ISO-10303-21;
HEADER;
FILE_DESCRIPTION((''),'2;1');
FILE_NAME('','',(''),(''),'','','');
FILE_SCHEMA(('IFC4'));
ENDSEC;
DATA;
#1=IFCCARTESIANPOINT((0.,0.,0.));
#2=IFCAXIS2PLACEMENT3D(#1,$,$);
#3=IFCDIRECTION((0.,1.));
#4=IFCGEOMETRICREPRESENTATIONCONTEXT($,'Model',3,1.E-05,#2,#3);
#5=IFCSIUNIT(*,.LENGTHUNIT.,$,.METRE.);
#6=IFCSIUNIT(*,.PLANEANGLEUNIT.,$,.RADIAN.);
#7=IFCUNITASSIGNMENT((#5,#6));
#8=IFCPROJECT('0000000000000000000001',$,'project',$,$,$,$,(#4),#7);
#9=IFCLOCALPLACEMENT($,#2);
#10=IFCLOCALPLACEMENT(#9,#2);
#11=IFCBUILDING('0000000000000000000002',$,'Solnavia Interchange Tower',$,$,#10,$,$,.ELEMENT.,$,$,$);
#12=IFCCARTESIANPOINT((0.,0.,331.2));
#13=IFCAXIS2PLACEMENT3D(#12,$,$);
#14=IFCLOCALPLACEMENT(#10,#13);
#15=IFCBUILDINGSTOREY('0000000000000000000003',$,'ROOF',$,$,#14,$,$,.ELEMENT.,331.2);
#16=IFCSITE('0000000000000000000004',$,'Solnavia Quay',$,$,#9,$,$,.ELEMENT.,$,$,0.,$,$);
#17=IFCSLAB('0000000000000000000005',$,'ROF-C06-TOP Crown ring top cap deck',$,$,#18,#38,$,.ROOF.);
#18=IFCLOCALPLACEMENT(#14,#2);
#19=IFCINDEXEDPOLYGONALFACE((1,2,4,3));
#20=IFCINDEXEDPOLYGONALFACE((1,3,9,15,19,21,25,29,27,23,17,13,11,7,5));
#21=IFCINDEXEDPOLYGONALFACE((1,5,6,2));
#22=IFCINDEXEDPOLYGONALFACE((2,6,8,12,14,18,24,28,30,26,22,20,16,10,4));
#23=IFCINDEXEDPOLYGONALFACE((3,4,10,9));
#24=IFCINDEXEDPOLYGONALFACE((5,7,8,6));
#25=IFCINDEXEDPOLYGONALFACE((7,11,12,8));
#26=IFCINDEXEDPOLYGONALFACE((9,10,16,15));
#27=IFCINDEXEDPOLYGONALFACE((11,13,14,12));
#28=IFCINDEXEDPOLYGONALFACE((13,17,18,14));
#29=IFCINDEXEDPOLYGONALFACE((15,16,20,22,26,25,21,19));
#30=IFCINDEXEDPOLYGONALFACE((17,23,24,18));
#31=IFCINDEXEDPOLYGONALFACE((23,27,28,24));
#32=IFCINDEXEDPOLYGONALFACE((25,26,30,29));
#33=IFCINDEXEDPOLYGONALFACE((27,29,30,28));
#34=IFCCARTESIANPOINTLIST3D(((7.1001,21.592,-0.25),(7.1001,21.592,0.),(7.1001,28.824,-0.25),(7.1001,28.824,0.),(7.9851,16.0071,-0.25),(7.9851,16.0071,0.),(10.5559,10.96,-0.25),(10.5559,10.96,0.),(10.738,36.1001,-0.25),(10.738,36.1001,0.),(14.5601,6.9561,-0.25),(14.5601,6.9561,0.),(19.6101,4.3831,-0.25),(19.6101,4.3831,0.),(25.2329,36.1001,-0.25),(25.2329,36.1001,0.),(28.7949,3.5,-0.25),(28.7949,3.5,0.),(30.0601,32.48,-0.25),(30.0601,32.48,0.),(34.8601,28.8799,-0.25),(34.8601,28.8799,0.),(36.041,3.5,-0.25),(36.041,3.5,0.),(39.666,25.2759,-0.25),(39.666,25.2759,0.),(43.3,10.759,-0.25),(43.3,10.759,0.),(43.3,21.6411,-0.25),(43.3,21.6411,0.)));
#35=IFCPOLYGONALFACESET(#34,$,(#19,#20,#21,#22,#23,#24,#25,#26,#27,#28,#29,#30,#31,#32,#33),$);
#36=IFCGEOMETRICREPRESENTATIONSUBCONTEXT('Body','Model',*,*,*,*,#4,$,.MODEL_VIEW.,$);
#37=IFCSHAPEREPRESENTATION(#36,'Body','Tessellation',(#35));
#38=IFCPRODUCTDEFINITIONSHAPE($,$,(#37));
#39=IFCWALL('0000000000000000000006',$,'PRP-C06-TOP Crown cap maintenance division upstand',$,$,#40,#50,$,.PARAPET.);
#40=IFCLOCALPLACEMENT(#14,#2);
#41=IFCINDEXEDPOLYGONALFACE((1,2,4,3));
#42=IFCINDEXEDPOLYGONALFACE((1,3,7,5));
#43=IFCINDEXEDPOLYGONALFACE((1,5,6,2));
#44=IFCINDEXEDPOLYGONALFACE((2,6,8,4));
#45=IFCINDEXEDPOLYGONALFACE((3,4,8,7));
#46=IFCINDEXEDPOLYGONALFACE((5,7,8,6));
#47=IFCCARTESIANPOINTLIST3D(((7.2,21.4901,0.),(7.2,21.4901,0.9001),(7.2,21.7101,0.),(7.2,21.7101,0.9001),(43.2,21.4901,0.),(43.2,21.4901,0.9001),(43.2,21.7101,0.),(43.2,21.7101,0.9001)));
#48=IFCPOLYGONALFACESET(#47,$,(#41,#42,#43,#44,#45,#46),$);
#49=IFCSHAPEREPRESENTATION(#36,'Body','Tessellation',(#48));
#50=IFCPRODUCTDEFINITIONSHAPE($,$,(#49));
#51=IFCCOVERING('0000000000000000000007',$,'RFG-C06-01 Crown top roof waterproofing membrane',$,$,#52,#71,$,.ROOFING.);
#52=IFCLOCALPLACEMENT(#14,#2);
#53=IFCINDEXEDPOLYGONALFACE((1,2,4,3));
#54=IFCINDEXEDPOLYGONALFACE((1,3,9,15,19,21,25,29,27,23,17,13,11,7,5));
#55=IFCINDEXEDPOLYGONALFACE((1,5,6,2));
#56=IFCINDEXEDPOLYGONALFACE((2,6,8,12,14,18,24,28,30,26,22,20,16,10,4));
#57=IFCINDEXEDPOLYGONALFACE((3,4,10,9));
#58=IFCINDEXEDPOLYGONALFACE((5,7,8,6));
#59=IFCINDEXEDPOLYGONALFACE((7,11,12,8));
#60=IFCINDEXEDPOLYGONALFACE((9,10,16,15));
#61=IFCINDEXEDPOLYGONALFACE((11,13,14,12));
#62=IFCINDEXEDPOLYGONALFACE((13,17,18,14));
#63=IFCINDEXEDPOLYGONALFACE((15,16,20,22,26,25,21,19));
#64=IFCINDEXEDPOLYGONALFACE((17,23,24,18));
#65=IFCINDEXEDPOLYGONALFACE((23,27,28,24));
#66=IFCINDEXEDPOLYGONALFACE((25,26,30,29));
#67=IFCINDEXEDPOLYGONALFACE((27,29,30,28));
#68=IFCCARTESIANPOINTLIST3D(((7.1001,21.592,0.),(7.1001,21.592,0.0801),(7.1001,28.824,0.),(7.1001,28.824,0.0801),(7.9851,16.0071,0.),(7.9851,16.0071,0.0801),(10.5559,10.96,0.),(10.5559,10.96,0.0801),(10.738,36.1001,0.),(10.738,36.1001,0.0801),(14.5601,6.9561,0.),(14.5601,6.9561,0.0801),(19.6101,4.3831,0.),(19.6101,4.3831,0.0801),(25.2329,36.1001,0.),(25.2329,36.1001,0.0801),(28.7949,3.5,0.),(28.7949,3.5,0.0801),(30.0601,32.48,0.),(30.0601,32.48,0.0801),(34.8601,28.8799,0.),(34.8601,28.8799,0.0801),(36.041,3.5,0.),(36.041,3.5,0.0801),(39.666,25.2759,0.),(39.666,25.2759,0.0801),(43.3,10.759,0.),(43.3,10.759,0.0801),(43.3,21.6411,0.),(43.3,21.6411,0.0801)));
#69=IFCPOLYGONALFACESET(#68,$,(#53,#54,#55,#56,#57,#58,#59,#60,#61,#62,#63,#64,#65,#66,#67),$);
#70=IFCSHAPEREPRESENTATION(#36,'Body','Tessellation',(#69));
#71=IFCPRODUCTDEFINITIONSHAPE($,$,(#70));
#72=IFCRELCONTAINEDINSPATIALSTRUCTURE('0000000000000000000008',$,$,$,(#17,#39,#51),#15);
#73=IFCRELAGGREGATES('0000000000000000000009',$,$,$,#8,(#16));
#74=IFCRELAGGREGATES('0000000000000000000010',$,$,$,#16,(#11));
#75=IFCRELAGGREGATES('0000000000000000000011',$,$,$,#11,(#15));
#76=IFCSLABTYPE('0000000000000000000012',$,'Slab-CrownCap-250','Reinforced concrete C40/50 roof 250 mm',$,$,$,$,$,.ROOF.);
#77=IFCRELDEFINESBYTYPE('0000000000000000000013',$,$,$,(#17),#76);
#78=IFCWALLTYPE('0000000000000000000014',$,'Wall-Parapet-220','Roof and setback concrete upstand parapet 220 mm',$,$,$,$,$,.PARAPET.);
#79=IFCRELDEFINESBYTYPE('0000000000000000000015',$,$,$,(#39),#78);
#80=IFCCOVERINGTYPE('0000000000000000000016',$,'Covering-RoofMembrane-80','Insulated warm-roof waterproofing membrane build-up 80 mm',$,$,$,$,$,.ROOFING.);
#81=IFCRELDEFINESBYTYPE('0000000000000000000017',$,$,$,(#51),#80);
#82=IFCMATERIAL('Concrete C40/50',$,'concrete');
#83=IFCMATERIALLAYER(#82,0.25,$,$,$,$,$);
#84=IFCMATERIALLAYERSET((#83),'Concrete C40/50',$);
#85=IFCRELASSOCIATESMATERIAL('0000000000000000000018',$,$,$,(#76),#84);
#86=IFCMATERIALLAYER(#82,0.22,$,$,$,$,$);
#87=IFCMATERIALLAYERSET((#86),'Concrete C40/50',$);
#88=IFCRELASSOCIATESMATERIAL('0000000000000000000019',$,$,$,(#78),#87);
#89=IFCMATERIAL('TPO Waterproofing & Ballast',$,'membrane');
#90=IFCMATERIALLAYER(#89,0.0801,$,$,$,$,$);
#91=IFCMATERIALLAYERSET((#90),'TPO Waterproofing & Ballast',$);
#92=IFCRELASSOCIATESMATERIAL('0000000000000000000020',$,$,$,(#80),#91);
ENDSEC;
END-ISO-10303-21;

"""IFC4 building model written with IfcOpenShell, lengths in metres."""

from ifc_helpers import new_model, si_unit, direction, frame, frame_2d, origin, place, context, subcontext, project, spatial, polyline, rectangle, outline, extrude, material, layer, layer_set, type_object, element, save


model = new_model("IFC4")

# Units and contexts
model_context = context("Model", 3, precision=1e-05, world=origin(), true_north=direction((0.0, 1.0)))
body_context = subcontext(model_context, "Body", "Model", "MODEL_VIEW")
ifc_project = project(units=[si_unit("LENGTHUNIT", "METRE"), si_unit("PLANEANGLEUNIT", "RADIAN")], contexts=[model_context])

# Site, building, storey
site_placement = place(None, origin())
site = spatial("IfcSite", under=ifc_project, at=site_placement, Name="Solnavia Quay", CompositionType="ELEMENT", RefElevation=0.0)
building_placement = place(site_placement, origin())
building = spatial("IfcBuilding", under=site, at=building_placement, Name="Solnavia Interchange Tower", CompositionType="ELEMENT")
storey_placement = place(building_placement, frame((0.0, 0.0, 331.2)))
storey = spatial("IfcBuildingStorey", under=building, at=storey_placement, Name="ROOF", CompositionType="ELEMENT", Elevation=331.2)

# Slab
ifc_material_1 = material(Name="Concrete C40/50", Category="concrete")
ifc_layer_1 = layer(ifc_material_1, 0.25)
ifc_layer_set_1 = layer_set([ifc_layer_1], Name="Concrete C40/50")
slab_type = type_object("IfcSlabType", Name="Slab-CrownCap-250", Description="Reinforced concrete C40/50 roof 250 mm", PredefinedType="ROOF", material=ifc_layer_set_1)
slab_placement = place(storey_placement, frame((0.0, 0.0, -0.25)))
element("IfcSlab", 1, at=slab_placement, inside=storey, type_object=slab_type, Name="ROF-C06-TOP Crown ring top cap deck", PredefinedType="ROOF", context=body_context, shape_type="SweptSolid", body=[
    extrude(outline(polyline([(43.3, 21.6411), (43.3, 10.759), (36.041, 3.5), (28.7949, 3.5), (19.6101, 4.3831), (14.5601, 6.9561), (10.5559, 10.96), (7.9851, 16.0071), (7.1001, 21.592), (7.1001, 28.824), (10.738, 36.1001), (25.2329, 36.1001), (30.0601, 32.48), (34.8601, 28.8799), (39.666, 25.2759), (43.3, 21.6411)])), origin(), (0.0, 0.0, 1.0), 0.25),
])

# Wall
ifc_layer_2 = layer(ifc_material_1, 0.22)
ifc_layer_set_2 = layer_set([ifc_layer_2], Name="Concrete C40/50")
wall_type = type_object("IfcWallType", Name="Wall-Parapet-220", Description="Roof and setback concrete upstand parapet 220 mm", PredefinedType="PARAPET", material=ifc_layer_set_2)
wall_placement = place(storey_placement, frame((43.2, 21.6001, 0.0), z_axis=(0.0, 0.0, 1.0), x_axis=(-1.0, 0.0, 0.0)))
element("IfcWall", 2, at=wall_placement, inside=storey, type_object=wall_type, Name="PRP-C06-TOP Crown cap maintenance division upstand", PredefinedType="PARAPET", context=body_context, shape_type="SweptSolid", body=[
    extrude(rectangle(XDim=36.0, YDim=0.22, at=frame_2d((18.0, 0.0))), origin(), (0.0, 0.0, 1.0), 0.9001),
])

# Covering
ifc_material_2 = material(Name="TPO Waterproofing & Ballast", Category="membrane")
ifc_layer_3 = layer(ifc_material_2, 0.0801)
ifc_layer_set_3 = layer_set([ifc_layer_3], Name="TPO Waterproofing & Ballast")
covering_type = type_object("IfcCoveringType", Name="Covering-RoofMembrane-80", Description="Insulated warm-roof waterproofing membrane build-up 80 mm", PredefinedType="ROOFING", material=ifc_layer_set_3)
covering_placement = place(storey_placement, origin())
element("IfcCovering", 3, at=covering_placement, inside=storey, type_object=covering_type, Name="RFG-C06-01 Crown top roof waterproofing membrane", PredefinedType="ROOFING", context=body_context, shape_type="SweptSolid", body=[
    extrude(outline(polyline([(43.3, 21.6411), (43.3, 10.759), (36.041, 3.5), (28.7949, 3.5), (19.6101, 4.3831), (14.5601, 6.9561), (10.5559, 10.96), (7.9851, 16.0071), (7.1001, 21.592), (7.1001, 28.824), (10.738, 36.1001), (25.2329, 36.1001), (30.0601, 32.48), (34.8601, 28.8799), (39.666, 25.2759), (43.3, 21.6411)])), origin(), (0.0, 0.0, 1.0), 0.0801),
])

save(model, "model.ifc")
